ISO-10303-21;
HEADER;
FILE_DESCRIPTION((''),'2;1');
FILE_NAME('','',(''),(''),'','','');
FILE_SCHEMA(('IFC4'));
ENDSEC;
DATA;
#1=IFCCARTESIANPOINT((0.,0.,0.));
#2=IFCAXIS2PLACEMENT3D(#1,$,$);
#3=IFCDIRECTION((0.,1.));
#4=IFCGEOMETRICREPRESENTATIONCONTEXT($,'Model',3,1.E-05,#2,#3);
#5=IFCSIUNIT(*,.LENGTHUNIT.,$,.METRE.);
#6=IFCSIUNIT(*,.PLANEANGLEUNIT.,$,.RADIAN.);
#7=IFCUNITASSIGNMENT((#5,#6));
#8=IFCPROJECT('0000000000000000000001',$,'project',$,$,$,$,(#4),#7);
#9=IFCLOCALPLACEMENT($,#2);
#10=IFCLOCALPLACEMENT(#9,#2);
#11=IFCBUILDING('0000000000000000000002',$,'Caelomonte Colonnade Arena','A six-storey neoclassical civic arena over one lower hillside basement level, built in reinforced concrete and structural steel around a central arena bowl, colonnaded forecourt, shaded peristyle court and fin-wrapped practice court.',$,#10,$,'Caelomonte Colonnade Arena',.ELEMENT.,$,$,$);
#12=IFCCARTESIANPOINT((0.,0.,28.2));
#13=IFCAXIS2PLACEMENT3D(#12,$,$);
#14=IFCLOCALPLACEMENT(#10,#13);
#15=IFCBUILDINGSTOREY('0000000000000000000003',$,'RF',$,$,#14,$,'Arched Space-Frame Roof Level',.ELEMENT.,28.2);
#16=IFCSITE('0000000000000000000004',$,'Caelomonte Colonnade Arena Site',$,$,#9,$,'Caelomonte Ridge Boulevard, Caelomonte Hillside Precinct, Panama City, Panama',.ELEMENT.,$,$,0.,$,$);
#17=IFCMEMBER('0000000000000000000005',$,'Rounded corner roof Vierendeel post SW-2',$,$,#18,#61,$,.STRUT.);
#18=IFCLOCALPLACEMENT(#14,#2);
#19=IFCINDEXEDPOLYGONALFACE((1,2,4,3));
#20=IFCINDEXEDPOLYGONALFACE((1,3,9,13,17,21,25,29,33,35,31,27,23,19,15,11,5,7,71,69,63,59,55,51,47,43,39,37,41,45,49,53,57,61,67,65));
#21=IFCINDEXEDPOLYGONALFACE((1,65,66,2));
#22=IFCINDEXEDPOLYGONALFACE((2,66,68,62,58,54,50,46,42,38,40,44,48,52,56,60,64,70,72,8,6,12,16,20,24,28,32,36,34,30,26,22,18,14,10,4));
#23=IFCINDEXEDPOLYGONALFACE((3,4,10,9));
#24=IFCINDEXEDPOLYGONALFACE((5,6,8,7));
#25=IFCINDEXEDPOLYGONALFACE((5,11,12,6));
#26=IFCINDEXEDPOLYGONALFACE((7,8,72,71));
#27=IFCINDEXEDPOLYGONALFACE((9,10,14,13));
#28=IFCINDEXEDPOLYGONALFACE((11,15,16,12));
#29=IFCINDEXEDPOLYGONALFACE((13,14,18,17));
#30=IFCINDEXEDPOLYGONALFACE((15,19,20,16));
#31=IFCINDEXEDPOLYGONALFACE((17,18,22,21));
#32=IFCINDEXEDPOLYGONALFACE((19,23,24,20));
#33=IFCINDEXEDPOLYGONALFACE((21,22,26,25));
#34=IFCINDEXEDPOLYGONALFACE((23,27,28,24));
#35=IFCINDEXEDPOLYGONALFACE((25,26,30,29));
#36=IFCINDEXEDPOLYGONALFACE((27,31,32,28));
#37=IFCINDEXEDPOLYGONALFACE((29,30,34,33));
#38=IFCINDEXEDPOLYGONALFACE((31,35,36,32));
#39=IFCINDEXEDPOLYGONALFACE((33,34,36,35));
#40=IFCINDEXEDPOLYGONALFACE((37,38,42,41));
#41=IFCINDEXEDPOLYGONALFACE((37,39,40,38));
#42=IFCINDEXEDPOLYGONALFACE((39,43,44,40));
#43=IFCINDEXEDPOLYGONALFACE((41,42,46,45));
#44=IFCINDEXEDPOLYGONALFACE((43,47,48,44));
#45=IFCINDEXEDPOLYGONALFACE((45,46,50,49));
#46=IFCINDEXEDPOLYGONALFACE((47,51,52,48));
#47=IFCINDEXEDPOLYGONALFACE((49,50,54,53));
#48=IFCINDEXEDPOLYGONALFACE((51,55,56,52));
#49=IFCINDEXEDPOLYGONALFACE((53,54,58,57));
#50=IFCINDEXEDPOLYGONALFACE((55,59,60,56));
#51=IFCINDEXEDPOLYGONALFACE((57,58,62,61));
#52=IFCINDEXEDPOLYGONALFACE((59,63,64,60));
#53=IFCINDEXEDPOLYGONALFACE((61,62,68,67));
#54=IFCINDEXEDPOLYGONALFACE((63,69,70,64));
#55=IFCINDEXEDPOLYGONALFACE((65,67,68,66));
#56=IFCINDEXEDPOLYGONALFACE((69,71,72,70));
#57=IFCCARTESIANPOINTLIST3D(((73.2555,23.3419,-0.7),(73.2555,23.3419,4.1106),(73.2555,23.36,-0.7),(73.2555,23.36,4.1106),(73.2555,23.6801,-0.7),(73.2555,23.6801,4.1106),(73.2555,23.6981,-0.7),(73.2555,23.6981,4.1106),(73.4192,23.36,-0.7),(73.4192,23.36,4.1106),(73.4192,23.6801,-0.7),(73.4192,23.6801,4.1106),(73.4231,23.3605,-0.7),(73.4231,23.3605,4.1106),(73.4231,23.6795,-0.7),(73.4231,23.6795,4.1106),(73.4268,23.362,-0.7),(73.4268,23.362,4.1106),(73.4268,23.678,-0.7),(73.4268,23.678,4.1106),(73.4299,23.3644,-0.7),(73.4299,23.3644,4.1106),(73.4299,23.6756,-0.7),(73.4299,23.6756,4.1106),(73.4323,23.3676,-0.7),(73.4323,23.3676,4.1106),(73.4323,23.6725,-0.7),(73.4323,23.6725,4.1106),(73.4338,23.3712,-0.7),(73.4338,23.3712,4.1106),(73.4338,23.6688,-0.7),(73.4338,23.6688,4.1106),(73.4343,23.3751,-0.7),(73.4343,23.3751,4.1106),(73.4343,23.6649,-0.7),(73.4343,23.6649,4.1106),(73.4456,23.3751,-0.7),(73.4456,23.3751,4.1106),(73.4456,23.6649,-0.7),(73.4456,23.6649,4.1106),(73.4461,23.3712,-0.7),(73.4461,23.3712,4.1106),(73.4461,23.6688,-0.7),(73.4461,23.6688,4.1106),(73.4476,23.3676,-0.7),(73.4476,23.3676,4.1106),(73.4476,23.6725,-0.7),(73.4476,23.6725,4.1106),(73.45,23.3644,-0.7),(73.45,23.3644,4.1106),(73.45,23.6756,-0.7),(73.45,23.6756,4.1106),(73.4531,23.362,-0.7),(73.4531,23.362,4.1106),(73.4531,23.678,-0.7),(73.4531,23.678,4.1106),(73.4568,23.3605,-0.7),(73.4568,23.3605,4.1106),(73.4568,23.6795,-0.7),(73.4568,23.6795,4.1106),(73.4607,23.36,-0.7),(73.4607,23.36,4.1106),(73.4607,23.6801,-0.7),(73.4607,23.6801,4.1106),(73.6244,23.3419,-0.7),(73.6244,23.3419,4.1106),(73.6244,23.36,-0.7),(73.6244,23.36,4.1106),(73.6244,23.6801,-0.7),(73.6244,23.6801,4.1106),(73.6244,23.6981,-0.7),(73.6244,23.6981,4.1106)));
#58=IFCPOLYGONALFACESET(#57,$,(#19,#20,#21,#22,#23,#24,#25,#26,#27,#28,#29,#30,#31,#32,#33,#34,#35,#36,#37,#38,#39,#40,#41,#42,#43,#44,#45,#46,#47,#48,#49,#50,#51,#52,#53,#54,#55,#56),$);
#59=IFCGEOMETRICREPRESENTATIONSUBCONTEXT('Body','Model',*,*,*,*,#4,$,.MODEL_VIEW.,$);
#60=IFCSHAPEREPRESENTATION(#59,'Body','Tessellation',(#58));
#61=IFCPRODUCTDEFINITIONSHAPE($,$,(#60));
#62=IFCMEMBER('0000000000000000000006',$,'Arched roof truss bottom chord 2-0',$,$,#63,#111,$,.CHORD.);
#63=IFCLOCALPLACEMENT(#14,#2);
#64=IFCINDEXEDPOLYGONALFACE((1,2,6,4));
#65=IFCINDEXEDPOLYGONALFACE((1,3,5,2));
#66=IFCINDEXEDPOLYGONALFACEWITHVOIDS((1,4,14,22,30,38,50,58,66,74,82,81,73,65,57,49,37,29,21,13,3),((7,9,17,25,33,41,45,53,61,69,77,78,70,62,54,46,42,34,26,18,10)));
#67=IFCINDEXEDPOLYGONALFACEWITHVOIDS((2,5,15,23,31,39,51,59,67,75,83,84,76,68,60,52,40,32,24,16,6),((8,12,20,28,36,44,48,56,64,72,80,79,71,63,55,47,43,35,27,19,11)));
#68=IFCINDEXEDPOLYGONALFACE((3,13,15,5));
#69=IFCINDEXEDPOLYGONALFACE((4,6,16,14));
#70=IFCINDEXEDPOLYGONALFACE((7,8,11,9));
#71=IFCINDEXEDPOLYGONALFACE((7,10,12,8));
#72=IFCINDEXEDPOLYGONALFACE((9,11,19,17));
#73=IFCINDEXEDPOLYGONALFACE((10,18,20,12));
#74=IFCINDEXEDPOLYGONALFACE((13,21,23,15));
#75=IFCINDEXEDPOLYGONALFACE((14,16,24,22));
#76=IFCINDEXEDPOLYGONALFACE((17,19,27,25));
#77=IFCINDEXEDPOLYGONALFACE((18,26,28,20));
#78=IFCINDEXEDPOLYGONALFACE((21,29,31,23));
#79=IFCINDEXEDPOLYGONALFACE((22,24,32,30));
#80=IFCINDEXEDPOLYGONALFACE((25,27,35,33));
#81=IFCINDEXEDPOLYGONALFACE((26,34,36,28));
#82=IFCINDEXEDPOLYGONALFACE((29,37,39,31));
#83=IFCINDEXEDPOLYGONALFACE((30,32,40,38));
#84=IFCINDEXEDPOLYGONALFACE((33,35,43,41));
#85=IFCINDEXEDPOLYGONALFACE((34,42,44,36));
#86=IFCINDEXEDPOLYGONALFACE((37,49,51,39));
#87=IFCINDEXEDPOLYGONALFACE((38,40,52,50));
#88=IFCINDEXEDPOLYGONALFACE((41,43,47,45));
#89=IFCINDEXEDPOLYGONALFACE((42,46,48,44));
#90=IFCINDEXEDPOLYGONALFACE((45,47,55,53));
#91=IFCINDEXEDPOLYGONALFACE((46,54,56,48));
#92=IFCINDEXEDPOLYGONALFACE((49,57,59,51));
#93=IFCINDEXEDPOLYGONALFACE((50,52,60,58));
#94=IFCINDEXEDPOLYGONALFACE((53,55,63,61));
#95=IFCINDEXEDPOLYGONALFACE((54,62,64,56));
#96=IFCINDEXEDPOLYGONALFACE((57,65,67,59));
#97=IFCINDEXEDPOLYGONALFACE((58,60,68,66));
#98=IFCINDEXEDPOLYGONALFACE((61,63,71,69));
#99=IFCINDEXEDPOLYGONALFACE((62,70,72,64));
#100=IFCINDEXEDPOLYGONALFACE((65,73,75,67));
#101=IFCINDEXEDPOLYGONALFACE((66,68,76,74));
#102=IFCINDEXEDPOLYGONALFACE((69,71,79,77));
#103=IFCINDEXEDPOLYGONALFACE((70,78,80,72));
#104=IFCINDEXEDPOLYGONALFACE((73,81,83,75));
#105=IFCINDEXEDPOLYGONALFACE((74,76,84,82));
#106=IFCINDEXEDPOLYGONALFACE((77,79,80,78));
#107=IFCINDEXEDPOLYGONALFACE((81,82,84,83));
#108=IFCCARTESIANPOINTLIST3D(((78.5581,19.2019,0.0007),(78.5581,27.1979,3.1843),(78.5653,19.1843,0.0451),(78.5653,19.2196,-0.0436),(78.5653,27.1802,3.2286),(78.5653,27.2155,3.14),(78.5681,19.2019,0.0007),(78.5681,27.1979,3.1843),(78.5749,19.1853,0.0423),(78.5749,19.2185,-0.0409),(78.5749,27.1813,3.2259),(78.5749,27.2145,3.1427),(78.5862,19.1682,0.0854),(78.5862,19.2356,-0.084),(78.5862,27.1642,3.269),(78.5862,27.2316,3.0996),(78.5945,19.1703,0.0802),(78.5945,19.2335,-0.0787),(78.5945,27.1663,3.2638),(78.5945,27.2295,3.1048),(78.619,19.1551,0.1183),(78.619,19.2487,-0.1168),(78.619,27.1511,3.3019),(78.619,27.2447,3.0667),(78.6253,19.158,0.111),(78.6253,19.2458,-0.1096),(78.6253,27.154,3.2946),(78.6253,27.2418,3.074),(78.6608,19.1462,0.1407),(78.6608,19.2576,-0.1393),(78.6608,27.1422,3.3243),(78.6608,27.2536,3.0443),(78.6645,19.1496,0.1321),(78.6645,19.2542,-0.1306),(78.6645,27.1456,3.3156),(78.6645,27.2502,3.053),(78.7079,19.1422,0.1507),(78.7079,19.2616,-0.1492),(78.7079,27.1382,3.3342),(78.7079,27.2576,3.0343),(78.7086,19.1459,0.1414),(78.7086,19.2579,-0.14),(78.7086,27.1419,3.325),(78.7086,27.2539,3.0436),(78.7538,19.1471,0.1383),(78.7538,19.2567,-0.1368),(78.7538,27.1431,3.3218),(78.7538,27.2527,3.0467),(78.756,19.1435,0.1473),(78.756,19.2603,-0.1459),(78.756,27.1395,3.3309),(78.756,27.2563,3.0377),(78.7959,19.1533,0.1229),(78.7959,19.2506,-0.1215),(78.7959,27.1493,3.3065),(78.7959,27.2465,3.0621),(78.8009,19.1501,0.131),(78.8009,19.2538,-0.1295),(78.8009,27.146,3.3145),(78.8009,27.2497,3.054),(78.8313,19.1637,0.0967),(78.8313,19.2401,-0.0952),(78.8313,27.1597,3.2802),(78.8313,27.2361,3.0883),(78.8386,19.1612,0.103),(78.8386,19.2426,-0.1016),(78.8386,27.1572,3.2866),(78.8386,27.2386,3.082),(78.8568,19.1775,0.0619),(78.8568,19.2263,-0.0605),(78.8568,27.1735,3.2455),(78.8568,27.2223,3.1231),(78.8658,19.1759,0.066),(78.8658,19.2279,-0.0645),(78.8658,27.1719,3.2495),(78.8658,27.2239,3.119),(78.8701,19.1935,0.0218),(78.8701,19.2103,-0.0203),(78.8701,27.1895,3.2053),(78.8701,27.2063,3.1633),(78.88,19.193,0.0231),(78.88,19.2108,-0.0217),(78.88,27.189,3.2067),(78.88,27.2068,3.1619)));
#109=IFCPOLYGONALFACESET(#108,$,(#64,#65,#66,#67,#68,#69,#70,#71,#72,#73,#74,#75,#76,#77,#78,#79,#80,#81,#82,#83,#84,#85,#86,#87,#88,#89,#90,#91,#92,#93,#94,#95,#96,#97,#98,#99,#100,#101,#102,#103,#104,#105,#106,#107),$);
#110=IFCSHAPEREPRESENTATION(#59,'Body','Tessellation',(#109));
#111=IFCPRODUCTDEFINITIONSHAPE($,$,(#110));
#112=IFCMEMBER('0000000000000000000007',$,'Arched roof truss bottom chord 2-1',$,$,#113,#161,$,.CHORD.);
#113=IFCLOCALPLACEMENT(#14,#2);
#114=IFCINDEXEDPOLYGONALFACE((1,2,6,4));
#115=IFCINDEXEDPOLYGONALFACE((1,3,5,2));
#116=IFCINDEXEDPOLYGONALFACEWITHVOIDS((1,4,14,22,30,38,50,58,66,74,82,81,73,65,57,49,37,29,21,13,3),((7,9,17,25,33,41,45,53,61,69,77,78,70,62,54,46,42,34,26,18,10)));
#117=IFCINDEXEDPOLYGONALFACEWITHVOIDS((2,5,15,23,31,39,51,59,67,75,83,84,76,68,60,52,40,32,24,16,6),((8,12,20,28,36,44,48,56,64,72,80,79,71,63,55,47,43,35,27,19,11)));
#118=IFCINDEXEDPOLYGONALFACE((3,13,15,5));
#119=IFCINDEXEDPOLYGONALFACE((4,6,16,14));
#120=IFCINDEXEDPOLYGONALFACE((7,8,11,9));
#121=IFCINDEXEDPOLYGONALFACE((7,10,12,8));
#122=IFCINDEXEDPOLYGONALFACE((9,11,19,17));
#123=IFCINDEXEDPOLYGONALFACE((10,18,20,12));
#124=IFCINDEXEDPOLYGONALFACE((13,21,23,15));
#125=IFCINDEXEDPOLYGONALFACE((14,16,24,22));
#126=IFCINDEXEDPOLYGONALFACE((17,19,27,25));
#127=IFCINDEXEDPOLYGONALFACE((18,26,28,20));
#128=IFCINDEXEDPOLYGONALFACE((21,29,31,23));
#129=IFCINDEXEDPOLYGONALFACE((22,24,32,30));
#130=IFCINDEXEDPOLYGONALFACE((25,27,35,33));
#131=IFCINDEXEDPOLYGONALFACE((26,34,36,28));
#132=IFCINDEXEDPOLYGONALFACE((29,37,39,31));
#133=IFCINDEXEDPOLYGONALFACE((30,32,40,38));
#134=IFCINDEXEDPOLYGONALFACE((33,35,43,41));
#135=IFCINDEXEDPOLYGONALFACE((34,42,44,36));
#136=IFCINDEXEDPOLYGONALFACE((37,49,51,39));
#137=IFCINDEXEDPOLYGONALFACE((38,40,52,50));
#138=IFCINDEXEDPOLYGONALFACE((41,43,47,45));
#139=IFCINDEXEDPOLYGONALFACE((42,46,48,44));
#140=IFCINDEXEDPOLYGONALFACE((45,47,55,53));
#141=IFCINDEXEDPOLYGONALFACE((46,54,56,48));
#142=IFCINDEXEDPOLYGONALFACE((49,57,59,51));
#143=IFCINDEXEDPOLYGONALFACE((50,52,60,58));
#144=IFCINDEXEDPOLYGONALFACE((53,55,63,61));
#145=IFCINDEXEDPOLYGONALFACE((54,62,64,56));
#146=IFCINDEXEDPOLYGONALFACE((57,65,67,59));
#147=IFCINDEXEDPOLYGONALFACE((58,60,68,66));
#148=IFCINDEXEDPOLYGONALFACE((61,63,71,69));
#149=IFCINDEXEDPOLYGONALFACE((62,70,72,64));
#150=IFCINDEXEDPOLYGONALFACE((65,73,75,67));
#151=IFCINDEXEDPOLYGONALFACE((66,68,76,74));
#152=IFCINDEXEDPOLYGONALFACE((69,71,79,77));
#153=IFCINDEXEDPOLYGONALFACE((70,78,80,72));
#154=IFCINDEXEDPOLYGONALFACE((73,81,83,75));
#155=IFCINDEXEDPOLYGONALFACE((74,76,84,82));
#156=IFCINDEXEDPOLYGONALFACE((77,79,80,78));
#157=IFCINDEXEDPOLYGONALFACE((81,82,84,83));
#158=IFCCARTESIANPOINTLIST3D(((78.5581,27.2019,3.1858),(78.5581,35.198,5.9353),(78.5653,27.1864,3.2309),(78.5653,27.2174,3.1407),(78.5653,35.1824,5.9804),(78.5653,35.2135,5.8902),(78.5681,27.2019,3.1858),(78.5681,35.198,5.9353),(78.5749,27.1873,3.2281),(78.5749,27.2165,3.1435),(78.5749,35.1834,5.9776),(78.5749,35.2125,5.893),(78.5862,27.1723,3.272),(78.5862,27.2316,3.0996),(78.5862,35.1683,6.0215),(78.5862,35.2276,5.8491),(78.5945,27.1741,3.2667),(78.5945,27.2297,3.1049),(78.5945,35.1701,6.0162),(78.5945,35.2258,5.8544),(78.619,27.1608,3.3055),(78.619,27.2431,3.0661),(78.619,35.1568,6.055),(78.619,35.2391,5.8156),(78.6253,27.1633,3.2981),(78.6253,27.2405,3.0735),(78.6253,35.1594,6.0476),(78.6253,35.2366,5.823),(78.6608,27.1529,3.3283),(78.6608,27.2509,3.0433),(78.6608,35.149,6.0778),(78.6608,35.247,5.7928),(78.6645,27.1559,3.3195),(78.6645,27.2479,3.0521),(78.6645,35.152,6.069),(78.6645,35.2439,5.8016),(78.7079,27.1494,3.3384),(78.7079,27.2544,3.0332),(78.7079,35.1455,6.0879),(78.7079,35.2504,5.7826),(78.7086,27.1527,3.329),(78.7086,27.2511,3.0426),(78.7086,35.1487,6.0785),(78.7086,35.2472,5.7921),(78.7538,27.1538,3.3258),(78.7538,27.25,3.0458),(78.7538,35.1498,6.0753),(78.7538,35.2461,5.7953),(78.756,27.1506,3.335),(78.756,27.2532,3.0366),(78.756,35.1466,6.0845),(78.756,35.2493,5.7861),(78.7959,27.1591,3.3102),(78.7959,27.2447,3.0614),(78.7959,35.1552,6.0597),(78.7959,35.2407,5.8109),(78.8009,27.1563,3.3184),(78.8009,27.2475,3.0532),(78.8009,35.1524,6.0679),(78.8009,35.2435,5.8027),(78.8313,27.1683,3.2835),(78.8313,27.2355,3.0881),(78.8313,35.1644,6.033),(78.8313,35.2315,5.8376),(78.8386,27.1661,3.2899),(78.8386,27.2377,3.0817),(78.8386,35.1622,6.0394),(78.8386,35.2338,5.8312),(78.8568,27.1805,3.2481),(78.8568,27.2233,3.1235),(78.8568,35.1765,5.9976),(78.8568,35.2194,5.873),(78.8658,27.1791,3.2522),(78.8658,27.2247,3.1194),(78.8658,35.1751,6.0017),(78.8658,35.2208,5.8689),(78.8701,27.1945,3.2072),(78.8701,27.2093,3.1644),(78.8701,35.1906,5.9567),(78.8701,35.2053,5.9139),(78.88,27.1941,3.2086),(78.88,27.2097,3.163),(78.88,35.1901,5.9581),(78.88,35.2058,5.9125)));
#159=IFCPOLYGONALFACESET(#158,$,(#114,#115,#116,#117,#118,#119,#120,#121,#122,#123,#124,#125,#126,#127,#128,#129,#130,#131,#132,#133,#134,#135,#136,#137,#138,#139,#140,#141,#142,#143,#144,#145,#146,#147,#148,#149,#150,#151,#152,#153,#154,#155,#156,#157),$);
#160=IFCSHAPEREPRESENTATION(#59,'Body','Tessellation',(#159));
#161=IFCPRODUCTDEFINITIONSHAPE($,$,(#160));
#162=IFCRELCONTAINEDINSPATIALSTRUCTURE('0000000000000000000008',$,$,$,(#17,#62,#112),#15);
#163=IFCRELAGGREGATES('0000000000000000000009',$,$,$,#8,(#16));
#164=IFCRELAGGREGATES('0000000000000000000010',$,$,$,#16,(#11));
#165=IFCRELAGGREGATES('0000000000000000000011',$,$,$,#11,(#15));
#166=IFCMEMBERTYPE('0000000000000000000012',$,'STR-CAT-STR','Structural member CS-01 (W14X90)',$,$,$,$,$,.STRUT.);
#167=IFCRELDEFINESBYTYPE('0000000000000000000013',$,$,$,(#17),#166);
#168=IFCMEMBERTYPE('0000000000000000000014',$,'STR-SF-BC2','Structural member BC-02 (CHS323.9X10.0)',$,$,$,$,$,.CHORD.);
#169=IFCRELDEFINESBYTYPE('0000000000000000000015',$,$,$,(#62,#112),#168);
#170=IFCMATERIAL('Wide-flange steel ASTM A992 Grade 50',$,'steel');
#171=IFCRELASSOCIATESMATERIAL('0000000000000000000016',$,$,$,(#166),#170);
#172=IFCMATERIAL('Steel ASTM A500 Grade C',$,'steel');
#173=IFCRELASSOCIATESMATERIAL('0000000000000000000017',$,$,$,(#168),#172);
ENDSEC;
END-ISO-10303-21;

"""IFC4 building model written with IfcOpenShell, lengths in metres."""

from ifc_helpers import new_model, si_unit, direction, frame, origin, origin_2d, place, context, subcontext, project, spatial, hollow_circle, i_section, extrude, material, material_profile, profile_set, type_object, element, save


model = new_model("IFC4")

# Units and contexts
model_context = context("Model", 3, precision=1e-05, world=origin(), true_north=direction((0.0, 1.0)))
body_context = subcontext(model_context, "Body", "Model", "MODEL_VIEW")
ifc_project = project(units=[si_unit("LENGTHUNIT", "METRE"), si_unit("PLANEANGLEUNIT", "RADIAN")], contexts=[model_context])

# Site, building, storey
site_placement = place(None, origin())
site = spatial("IfcSite", under=ifc_project, at=site_placement, Name="Caelomonte Colonnade Arena Site", LongName="Caelomonte Ridge Boulevard, Caelomonte Hillside Precinct, Panama City, Panama", CompositionType="ELEMENT", RefElevation=0.0)
building_placement = place(site_placement, origin())
building = spatial("IfcBuilding", under=site, at=building_placement, Name="Caelomonte Colonnade Arena", Description="A six-storey neoclassical civic arena over one lower hillside basement level, built in reinforced concrete and structural steel around a central arena bowl, colonnaded forecourt, shaded peristyle court and fin-wrapped practice court.", LongName="Caelomonte Colonnade Arena", CompositionType="ELEMENT")
storey_placement = place(building_placement, frame((0.0, 0.0, 28.2)))
storey = spatial("IfcBuildingStorey", under=building, at=storey_placement, Name="RF", LongName="Arched Space-Frame Roof Level", CompositionType="ELEMENT", Elevation=28.2)

# Members
ifc_material_1 = material(Name="Wide-flange steel ASTM A992 Grade 50", Category="steel")
ifc_material_profile_1 = material_profile(ifc_material_1, i_section(OverallWidth=0.3689, OverallDepth=0.3562, WebThickness=0.0112, FlangeThickness=0.0181, FilletRadius=0.0151, at=origin_2d()), Name="W14X90")
ifc_profile_set_1 = profile_set([ifc_material_profile_1], Name="Wide-flange steel ASTM A992 Grade 50")
member_type_1 = type_object("IfcMemberType", Name="STR-CAT-STR", Description="Structural member CS-01 (W14X90)", PredefinedType="STRUT", material=ifc_profile_set_1)
member_1_placement = place(storey_placement, frame((73.4399, 23.52, -0.7), z_axis=(0.0, 0.0, 1.0), x_axis=(1.0, 0.0, 0.0)))
element("IfcMember", 1, at=member_1_placement, inside=storey, type_object=member_type_1, Name="Rounded corner roof Vierendeel post SW-2", PredefinedType="STRUT", context=body_context, shape_type="SweptSolid", body=[
    extrude(i_section(OverallWidth=0.3689, OverallDepth=0.3562, WebThickness=0.0112, FlangeThickness=0.0181, FilletRadius=0.0151, at=origin_2d()), origin(), (0.0, 0.0, 1.0), 4.8105),
])
ifc_material_2 = material(Name="Steel ASTM A500 Grade C", Category="steel")
ifc_material_profile_2 = material_profile(ifc_material_2, hollow_circle(Radius=0.1619, WallThickness=0.01, at=origin_2d()), Name="CHS323.9X10.0")
ifc_profile_set_2 = profile_set([ifc_material_profile_2], Name="Steel ASTM A500 Grade C")
member_type_2 = type_object("IfcMemberType", Name="STR-SF-BC2", Description="Structural member BC-02 (CHS323.9X10.0)", PredefinedType="CHORD", material=ifc_profile_set_2)
member_2_placement = place(storey_placement, frame((78.72, 19.2019, 0.0007), z_axis=(0.0, 0.92907, 0.369903), x_axis=(-1.0, 0.0, 0.0)))
element("IfcMember", 2, at=member_2_placement, inside=storey, type_object=member_type_2, Name="Arched roof truss bottom chord 2-0", PredefinedType="CHORD", context=body_context, shape_type="SweptSolid", body=[
    extrude(hollow_circle(Radius=0.1619, WallThickness=0.01, at=origin_2d()), origin(), (0.0, 0.0, 1.0), 8.6064),
])
member_3_placement = place(storey_placement, frame((78.72, 27.2019, 3.1858), z_axis=(0.0, 0.945656, 0.32517), x_axis=(-1.0, 0.0, 0.0)))
element("IfcMember", 3, at=member_3_placement, inside=storey, type_object=member_type_2, Name="Arched roof truss bottom chord 2-1", PredefinedType="CHORD", context=body_context, shape_type="SweptSolid", body=[
    extrude(hollow_circle(Radius=0.1619, WallThickness=0.01, at=origin_2d()), origin(), (0.0, 0.0, 1.0), 8.4556),
])

save(model, "model.ifc")
